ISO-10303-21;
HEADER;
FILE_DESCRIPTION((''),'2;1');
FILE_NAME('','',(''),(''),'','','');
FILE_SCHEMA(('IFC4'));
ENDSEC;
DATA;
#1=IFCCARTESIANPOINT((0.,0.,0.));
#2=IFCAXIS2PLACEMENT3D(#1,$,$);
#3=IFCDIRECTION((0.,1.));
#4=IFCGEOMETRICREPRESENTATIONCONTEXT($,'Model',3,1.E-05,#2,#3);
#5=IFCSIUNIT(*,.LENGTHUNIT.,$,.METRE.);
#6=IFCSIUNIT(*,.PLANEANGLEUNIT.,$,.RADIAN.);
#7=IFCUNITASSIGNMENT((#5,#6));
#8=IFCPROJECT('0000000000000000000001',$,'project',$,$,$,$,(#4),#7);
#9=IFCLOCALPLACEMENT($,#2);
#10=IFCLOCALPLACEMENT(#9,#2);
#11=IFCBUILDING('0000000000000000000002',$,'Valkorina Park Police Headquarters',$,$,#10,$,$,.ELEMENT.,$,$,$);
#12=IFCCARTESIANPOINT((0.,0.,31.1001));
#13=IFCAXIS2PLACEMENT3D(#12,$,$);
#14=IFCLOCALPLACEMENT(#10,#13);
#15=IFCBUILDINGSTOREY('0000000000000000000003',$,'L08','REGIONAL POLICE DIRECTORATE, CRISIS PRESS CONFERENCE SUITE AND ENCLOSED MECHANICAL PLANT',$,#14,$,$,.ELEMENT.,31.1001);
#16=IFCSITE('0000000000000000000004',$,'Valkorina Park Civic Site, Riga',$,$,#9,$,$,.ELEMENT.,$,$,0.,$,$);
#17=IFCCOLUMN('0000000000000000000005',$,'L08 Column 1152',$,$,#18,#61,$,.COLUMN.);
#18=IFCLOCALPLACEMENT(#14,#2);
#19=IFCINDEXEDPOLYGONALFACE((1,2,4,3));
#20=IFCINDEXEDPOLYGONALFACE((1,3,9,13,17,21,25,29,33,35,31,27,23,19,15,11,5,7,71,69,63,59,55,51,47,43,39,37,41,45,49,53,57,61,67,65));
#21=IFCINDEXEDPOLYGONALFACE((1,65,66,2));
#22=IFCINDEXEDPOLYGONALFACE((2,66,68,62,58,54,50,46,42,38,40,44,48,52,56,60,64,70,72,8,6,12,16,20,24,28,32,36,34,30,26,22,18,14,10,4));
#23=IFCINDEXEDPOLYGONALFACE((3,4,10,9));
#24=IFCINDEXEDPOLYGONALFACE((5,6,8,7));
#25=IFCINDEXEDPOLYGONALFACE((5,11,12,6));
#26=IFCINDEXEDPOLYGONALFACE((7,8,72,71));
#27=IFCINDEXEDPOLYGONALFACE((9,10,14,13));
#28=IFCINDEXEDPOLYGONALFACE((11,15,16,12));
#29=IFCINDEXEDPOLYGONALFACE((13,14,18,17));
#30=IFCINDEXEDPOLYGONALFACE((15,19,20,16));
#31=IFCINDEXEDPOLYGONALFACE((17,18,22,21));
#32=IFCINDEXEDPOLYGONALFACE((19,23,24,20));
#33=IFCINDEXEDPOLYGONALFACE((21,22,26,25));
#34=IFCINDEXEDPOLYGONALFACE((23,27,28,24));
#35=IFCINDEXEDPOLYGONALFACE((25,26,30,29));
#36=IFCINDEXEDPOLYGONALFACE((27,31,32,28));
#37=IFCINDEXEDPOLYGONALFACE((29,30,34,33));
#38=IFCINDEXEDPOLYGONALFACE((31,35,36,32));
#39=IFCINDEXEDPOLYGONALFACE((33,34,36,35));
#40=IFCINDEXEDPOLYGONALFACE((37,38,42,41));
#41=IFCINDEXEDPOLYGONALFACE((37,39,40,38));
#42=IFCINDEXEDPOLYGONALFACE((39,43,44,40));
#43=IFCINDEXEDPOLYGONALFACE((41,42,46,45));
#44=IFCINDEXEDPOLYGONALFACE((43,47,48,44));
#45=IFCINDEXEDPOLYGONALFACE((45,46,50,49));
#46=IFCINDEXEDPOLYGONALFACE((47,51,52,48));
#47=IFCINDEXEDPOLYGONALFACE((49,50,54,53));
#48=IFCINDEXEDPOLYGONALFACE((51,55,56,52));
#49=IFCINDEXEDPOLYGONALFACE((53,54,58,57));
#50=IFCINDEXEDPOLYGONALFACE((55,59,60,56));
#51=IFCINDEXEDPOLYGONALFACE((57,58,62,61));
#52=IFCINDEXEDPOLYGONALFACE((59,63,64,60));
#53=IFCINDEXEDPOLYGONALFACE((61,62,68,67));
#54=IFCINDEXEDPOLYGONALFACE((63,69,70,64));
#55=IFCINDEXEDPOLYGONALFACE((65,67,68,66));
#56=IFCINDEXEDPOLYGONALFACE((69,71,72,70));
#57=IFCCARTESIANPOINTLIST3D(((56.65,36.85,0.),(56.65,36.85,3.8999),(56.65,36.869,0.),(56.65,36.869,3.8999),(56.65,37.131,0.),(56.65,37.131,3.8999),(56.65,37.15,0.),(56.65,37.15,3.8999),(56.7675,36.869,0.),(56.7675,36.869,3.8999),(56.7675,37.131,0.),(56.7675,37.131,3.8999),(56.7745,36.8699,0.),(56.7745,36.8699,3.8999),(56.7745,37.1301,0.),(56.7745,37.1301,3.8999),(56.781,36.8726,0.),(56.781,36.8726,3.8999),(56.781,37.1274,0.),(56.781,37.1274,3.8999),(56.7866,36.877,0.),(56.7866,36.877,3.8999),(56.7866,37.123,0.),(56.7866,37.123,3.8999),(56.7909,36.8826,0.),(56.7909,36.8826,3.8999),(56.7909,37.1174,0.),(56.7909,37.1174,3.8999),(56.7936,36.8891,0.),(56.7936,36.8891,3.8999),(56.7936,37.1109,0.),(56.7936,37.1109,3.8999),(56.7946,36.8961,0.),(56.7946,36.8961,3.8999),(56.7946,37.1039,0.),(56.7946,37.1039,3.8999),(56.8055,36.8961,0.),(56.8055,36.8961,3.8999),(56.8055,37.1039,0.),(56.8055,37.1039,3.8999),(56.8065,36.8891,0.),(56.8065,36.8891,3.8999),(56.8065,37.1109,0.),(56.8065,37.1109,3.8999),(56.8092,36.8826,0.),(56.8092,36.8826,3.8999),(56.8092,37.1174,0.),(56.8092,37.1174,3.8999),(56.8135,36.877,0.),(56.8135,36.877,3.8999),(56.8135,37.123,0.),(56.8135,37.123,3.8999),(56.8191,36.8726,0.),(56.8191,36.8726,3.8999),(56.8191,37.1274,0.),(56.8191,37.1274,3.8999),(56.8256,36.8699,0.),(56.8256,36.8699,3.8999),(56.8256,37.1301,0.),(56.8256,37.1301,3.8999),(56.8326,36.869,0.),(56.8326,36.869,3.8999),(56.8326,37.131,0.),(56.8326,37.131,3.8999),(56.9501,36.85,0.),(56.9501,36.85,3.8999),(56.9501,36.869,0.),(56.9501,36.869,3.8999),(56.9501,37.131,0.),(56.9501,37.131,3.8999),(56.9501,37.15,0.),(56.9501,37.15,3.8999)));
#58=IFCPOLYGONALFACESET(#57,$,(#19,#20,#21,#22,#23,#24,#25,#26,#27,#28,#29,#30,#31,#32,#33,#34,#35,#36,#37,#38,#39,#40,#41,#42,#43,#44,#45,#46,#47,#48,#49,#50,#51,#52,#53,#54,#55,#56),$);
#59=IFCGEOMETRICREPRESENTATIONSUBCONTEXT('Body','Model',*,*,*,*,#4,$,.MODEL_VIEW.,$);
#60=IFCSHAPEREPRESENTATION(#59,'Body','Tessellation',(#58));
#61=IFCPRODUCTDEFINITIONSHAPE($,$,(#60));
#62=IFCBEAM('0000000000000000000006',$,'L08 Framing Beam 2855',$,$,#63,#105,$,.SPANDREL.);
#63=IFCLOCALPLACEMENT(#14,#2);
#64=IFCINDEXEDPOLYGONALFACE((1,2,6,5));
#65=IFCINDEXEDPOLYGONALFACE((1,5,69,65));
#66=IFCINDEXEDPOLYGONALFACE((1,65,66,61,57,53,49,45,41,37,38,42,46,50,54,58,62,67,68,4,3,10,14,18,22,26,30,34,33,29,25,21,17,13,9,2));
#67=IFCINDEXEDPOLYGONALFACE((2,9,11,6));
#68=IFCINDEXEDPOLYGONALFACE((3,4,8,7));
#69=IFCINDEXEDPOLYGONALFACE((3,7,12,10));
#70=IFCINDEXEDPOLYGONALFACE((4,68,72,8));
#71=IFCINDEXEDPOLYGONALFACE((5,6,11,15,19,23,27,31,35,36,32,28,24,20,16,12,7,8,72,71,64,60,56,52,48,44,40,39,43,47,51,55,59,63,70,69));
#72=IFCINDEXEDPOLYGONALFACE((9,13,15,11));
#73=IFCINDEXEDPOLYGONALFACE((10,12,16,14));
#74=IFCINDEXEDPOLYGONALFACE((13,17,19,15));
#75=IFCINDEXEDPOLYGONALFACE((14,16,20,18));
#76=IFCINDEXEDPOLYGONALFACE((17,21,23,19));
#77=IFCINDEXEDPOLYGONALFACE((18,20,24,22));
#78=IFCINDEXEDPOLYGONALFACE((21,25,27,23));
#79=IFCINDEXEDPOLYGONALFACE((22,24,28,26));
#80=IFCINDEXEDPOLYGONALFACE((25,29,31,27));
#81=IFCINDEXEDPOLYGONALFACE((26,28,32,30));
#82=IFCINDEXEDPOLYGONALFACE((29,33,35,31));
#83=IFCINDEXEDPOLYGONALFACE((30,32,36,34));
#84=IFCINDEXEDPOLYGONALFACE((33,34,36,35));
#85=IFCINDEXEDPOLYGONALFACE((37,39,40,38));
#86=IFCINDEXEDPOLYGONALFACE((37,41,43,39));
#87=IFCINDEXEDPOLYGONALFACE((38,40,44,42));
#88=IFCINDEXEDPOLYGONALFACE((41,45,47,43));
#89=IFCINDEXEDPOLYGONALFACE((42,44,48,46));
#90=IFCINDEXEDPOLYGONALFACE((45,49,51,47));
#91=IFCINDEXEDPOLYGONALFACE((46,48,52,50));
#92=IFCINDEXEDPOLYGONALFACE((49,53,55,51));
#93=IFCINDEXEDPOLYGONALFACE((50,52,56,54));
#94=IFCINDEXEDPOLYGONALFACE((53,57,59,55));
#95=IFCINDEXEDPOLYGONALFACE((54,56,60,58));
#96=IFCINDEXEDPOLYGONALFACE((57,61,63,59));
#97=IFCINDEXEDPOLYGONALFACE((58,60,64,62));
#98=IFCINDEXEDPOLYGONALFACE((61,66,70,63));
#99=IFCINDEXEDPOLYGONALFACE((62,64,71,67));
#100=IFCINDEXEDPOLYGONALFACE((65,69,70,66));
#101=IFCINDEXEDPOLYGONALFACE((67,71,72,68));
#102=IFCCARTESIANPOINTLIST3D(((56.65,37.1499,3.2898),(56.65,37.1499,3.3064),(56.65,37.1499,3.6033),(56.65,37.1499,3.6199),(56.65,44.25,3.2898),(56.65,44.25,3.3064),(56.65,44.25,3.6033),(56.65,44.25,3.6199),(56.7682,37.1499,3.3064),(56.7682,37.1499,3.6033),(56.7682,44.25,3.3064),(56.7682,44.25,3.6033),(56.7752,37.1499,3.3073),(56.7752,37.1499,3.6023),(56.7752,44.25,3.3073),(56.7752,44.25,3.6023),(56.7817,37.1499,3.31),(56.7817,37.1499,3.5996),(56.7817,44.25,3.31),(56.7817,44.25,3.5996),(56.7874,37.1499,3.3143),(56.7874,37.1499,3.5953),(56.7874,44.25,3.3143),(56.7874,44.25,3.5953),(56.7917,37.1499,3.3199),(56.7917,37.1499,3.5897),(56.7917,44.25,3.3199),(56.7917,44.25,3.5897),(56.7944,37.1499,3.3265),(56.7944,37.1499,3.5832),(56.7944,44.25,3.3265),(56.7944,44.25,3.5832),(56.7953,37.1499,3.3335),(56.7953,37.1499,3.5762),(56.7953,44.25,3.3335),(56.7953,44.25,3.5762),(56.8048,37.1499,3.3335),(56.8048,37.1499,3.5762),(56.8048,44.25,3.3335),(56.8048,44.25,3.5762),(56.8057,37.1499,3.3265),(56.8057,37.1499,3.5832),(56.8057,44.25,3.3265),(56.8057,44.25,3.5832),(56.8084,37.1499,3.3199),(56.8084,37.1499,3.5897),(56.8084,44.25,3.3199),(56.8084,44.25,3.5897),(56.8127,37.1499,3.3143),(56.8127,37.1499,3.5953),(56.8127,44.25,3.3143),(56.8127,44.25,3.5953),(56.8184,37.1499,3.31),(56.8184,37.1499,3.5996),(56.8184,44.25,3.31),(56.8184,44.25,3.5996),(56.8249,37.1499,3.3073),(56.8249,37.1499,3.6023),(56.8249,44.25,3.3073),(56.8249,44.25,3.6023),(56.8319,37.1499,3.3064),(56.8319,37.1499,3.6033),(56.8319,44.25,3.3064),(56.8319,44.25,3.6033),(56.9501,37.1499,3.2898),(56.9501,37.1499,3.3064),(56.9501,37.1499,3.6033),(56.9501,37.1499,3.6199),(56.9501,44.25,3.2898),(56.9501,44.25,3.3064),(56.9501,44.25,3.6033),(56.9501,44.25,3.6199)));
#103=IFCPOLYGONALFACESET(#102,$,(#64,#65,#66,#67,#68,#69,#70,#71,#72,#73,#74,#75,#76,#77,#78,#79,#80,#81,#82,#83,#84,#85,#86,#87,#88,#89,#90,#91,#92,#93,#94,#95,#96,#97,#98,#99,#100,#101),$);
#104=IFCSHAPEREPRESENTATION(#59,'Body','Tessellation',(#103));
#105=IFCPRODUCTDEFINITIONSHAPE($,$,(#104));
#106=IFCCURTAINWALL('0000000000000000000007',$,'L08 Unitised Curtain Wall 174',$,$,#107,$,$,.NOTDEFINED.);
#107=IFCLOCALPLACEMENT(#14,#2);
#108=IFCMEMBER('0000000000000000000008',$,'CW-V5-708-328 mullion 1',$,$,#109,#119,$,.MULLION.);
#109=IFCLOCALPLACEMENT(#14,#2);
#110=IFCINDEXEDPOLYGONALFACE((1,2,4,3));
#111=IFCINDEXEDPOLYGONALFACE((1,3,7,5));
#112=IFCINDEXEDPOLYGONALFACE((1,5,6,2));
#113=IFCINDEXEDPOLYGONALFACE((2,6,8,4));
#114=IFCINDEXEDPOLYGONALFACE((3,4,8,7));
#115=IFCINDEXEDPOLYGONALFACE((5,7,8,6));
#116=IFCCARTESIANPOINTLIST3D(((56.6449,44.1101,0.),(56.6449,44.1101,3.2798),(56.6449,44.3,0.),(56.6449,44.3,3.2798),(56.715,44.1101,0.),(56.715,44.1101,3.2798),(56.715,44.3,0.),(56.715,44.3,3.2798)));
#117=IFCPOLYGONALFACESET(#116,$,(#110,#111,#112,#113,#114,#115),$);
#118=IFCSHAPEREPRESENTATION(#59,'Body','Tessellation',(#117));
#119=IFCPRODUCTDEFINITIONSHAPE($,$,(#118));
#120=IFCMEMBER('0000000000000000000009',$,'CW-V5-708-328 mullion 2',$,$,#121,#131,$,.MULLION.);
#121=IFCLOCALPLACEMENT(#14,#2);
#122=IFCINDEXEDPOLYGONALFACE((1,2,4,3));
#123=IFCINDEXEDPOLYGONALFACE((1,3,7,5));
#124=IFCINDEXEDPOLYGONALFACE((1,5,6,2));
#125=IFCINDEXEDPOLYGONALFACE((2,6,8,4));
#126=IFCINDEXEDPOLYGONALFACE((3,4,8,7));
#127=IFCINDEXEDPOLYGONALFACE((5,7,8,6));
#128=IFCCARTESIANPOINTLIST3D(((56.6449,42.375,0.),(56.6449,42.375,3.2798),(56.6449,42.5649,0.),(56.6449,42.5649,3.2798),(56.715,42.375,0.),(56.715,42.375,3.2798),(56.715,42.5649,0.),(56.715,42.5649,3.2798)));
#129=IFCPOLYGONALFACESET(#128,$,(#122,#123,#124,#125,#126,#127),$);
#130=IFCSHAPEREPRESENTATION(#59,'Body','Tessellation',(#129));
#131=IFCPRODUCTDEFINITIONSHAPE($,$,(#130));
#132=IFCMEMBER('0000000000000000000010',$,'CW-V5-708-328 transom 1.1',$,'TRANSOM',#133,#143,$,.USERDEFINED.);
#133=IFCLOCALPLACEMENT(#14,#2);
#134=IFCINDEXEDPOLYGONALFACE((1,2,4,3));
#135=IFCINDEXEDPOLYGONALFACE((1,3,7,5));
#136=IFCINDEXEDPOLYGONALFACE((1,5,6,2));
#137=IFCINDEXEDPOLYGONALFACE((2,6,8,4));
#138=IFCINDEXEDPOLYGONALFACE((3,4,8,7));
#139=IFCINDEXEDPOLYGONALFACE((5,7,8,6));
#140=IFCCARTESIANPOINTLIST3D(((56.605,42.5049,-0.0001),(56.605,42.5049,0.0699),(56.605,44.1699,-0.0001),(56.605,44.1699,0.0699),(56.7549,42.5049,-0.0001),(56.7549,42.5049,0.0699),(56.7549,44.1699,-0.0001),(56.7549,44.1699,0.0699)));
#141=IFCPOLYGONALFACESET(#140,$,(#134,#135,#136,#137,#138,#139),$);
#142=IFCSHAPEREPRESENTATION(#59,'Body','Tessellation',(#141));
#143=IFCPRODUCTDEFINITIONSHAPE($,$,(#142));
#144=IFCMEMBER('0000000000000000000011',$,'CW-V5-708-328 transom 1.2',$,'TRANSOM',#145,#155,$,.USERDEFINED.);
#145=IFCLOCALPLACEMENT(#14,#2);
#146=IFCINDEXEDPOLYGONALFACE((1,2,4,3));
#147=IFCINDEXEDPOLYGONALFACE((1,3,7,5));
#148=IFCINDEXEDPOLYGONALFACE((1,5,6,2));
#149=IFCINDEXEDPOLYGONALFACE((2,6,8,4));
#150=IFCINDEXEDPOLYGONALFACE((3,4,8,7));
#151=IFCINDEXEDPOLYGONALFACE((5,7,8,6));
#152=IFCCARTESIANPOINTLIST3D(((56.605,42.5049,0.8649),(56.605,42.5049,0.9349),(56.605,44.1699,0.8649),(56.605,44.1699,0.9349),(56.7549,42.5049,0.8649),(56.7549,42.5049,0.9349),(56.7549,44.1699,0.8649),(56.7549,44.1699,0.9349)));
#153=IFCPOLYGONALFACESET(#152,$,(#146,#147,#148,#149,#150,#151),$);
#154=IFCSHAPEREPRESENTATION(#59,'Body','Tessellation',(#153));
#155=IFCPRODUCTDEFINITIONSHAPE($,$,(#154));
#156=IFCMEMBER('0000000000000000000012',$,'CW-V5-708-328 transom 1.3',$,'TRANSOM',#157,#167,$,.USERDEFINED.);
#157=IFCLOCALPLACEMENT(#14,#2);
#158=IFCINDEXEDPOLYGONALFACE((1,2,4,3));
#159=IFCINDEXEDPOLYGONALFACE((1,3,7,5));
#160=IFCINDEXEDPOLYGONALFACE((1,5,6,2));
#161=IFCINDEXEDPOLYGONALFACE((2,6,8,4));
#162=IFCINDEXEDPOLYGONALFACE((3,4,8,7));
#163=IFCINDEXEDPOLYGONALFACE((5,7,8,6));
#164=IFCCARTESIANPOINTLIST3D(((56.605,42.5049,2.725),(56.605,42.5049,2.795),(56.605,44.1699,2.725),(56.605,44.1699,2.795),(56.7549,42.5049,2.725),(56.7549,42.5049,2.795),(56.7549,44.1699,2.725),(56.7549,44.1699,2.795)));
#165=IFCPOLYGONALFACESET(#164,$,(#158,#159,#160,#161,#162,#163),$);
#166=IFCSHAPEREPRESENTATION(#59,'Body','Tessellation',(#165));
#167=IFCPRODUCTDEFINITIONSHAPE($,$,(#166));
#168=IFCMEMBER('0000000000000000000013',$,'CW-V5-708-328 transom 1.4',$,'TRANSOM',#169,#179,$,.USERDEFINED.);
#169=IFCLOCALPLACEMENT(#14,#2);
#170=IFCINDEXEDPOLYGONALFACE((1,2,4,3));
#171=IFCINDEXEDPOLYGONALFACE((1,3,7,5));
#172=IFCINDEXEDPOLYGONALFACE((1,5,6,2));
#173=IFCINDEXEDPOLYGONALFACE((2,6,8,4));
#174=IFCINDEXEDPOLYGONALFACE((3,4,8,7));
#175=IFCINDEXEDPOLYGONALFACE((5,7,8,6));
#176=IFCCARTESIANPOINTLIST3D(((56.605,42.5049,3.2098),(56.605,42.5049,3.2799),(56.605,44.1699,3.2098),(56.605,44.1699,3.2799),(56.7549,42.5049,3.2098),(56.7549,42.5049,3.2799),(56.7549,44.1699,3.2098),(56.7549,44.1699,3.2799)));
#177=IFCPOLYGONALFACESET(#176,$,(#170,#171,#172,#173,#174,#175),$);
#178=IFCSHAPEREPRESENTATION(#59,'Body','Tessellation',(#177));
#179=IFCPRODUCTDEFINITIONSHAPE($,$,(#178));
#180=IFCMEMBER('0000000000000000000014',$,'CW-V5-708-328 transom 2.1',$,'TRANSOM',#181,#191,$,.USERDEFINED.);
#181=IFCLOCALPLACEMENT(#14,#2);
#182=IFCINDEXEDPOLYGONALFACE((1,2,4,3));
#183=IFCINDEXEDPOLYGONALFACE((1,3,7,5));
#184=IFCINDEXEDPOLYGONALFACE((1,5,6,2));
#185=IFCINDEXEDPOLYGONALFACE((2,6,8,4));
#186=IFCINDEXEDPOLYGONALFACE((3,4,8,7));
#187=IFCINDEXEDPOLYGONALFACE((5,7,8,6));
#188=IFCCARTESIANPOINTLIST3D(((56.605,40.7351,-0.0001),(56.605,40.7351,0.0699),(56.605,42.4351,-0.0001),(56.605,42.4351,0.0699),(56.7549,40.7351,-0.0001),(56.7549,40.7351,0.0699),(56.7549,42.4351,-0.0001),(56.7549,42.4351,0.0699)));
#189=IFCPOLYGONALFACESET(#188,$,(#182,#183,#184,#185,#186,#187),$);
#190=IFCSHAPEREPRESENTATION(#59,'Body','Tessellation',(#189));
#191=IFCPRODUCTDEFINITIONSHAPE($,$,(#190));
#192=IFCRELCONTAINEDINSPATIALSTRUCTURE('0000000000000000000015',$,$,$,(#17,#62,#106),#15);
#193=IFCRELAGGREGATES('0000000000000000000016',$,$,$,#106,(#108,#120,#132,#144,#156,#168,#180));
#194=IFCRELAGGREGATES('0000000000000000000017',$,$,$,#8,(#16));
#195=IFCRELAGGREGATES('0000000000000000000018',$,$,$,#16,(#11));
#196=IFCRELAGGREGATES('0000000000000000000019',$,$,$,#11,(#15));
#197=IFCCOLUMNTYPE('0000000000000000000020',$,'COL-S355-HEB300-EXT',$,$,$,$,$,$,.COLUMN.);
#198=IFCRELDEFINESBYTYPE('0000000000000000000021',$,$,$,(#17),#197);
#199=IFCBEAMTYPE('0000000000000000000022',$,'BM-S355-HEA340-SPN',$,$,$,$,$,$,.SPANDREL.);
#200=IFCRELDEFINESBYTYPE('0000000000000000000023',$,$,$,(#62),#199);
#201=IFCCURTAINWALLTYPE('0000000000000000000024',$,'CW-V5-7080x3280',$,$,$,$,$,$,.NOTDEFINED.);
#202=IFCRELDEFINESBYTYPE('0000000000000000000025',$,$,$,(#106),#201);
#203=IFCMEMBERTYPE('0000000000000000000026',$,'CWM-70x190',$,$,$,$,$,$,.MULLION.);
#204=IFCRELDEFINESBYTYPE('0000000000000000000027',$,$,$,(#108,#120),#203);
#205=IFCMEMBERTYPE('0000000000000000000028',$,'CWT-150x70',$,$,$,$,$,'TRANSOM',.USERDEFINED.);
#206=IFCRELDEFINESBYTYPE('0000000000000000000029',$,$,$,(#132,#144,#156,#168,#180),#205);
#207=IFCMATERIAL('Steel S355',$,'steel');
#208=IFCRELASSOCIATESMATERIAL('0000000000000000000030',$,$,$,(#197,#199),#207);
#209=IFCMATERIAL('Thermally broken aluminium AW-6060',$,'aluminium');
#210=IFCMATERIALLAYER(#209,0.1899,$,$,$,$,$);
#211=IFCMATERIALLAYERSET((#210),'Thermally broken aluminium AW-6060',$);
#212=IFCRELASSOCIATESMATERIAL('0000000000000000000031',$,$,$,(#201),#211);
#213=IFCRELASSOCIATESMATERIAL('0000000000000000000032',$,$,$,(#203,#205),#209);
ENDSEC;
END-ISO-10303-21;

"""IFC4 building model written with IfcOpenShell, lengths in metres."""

from ifc_helpers import new_model, si_unit, direction, frame, origin, origin_2d, place, context, subcontext, project, spatial, rectangle, i_section, extrude, material, layer, layer_set, material_profile, profile_set, type_object, element, aggregate, save


model = new_model("IFC4")

# Units and contexts
model_context = context("Model", 3, precision=1e-05, world=origin(), true_north=direction((0.0, 1.0)))
body_context = subcontext(model_context, "Body", "Model", "MODEL_VIEW")
ifc_project = project(units=[si_unit("LENGTHUNIT", "METRE"), si_unit("PLANEANGLEUNIT", "RADIAN")], contexts=[model_context])

# Site, building, storey
site_placement = place(None, origin())
site = spatial("IfcSite", under=ifc_project, at=site_placement, Name="Valkorina Park Civic Site, Riga", CompositionType="ELEMENT", RefElevation=0.0)
building_placement = place(site_placement, origin())
building = spatial("IfcBuilding", under=site, at=building_placement, Name="Valkorina Park Police Headquarters", CompositionType="ELEMENT")
storey_placement = place(building_placement, frame((0.0, 0.0, 31.1001)))
storey = spatial("IfcBuildingStorey", under=building, at=storey_placement, Name="L08", Description="REGIONAL POLICE DIRECTORATE, CRISIS PRESS CONFERENCE SUITE AND ENCLOSED MECHANICAL PLANT", CompositionType="ELEMENT", Elevation=31.1001)

# Column
ifc_material_1 = material(Name="Steel S355", Category="steel")
ifc_material_profile_1 = material_profile(ifc_material_1, i_section(OverallWidth=0.3, OverallDepth=0.3, WebThickness=0.011, FlangeThickness=0.019, FilletRadius=0.0271, at=origin_2d()), Name="HEB 300")
ifc_profile_set_1 = profile_set([ifc_material_profile_1], Name="Steel S355")
column_type = type_object("IfcColumnType", Name="COL-S355-HEB300-EXT", PredefinedType="COLUMN", material=ifc_profile_set_1)
column_placement = place(storey_placement, frame((56.8, 37.0, 0.0), z_axis=(0.0, 0.0, 1.0), x_axis=(1.0, 0.0, 0.0)))
element("IfcColumn", 1, at=column_placement, inside=storey, type_object=column_type, Name="L08 Column 1152", PredefinedType="COLUMN", context=body_context, shape_type="SweptSolid", body=[
    extrude(i_section(OverallWidth=0.3, OverallDepth=0.3, WebThickness=0.011, FlangeThickness=0.019, FilletRadius=0.0271, at=origin_2d()), origin(), (0.0, 0.0, 1.0), 3.8999),
])

# Beam
ifc_material_profile_2 = material_profile(ifc_material_1, i_section(OverallWidth=0.3, OverallDepth=0.3301, WebThickness=0.0095, FlangeThickness=0.0166, FilletRadius=0.0271, at=origin_2d()), Name="HEA 340")
ifc_profile_set_2 = profile_set([ifc_material_profile_2], Name="Steel S355")
beam_type = type_object("IfcBeamType", Name="BM-S355-HEA340-SPN", PredefinedType="SPANDREL", material=ifc_profile_set_2)
beam_placement = place(storey_placement, frame((56.8, 37.1499, 3.4548), z_axis=(0.0, 1.0, 0.0), x_axis=(-1.0, 0.0, 0.0)))
element("IfcBeam", 2, at=beam_placement, inside=storey, type_object=beam_type, Name="L08 Framing Beam 2855", PredefinedType="SPANDREL", context=body_context, shape_type="SweptSolid", body=[
    extrude(i_section(OverallWidth=0.3, OverallDepth=0.3301, WebThickness=0.0095, FlangeThickness=0.0166, FilletRadius=0.0271, at=origin_2d()), origin(), (0.0, 0.0, 1.0), 7.1001),
])

# Curtain wall, members
ifc_material_2 = material(Name="Thermally broken aluminium AW-6060", Category="aluminium")
ifc_layer_1 = layer(ifc_material_2, 0.1899)
ifc_layer_set_1 = layer_set([ifc_layer_1], Name="Thermally broken aluminium AW-6060")
curtain_wall_type = type_object("IfcCurtainWallType", Name="CW-V5-7080x3280", PredefinedType="NOTDEFINED", material=ifc_layer_set_1)
curtain_wall_placement = place(storey_placement, origin())
curtain_wall = element("IfcCurtainWall", 3, at=curtain_wall_placement, inside=storey, type_object=curtain_wall_type, Name="L08 Unitised Curtain Wall 174", PredefinedType="NOTDEFINED")
ifc_material_profile_3 = material_profile(ifc_material_2, rectangle(XDim=0.0701, YDim=0.1899, at=origin_2d()), Name="CWM-02 70x190")
ifc_profile_set_3 = profile_set([ifc_material_profile_3], Name="Thermally broken aluminium AW-6060")
member_type_1 = type_object("IfcMemberType", Name="CWM-70x190", PredefinedType="MULLION", material=ifc_profile_set_3)
member_1_placement = place(storey_placement, frame((56.6799, 44.2051, 0.0), z_axis=(0.0, 0.0, 1.0), x_axis=(1.0, 0.0, 0.0)))
member_1 = element("IfcMember", 4, at=member_1_placement, type_object=member_type_1, Name="CW-V5-708-328 mullion 1", PredefinedType="MULLION", context=body_context, shape_type="SweptSolid", body=[
    extrude(rectangle(XDim=0.0701, YDim=0.1899, at=origin_2d()), origin(), (0.0, 0.0, 1.0), 3.2798),
])
member_2_placement = place(storey_placement, frame((56.6799, 42.47, 0.0), z_axis=(0.0, 0.0, 1.0), x_axis=(1.0, 0.0, 0.0)))
member_2 = element("IfcMember", 5, at=member_2_placement, type_object=member_type_1, Name="CW-V5-708-328 mullion 2", PredefinedType="MULLION", context=body_context, shape_type="SweptSolid", body=[
    extrude(rectangle(XDim=0.0701, YDim=0.1899, at=origin_2d()), origin(), (0.0, 0.0, 1.0), 3.2798),
])
ifc_material_profile_4 = material_profile(ifc_material_2, rectangle(XDim=0.1499, YDim=0.0701, at=origin_2d()), Name="CWT-02 150x70")
ifc_profile_set_4 = profile_set([ifc_material_profile_4], Name="Thermally broken aluminium AW-6060")
member_type_2 = type_object("IfcMemberType", Name="CWT-150x70", ElementType="TRANSOM", PredefinedType="USERDEFINED", material=ifc_profile_set_4)
member_3_placement = place(storey_placement, frame((56.6799, 44.1699, 0.0349), z_axis=(0.0, -1.0, 0.0), x_axis=(1.0, 0.0, 0.0)))
member_3 = element("IfcMember", 6, at=member_3_placement, type_object=member_type_2, Name="CW-V5-708-328 transom 1.1", ObjectType="TRANSOM", PredefinedType="USERDEFINED", context=body_context, shape_type="SweptSolid", body=[
    extrude(rectangle(XDim=0.1499, YDim=0.0701, at=origin_2d()), origin(), (0.0, 0.0, 1.0), 1.665),
])
member_4_placement = place(storey_placement, frame((56.6799, 44.1699, 0.8999), z_axis=(0.0, -1.0, 0.0), x_axis=(1.0, 0.0, 0.0)))
member_4 = element("IfcMember", 7, at=member_4_placement, type_object=member_type_2, Name="CW-V5-708-328 transom 1.2", ObjectType="TRANSOM", PredefinedType="USERDEFINED", context=body_context, shape_type="SweptSolid", body=[
    extrude(rectangle(XDim=0.1499, YDim=0.0701, at=origin_2d()), origin(), (0.0, 0.0, 1.0), 1.665),
])
member_5_placement = place(storey_placement, frame((56.6799, 44.1699, 2.76), z_axis=(0.0, -1.0, 0.0), x_axis=(1.0, 0.0, 0.0)))
member_5 = element("IfcMember", 8, at=member_5_placement, type_object=member_type_2, Name="CW-V5-708-328 transom 1.3", ObjectType="TRANSOM", PredefinedType="USERDEFINED", context=body_context, shape_type="SweptSolid", body=[
    extrude(rectangle(XDim=0.1499, YDim=0.0701, at=origin_2d()), origin(), (0.0, 0.0, 1.0), 1.665),
])
member_6_placement = place(storey_placement, frame((56.6799, 44.1699, 3.2449), z_axis=(0.0, -1.0, 0.0), x_axis=(1.0, 0.0, 0.0)))
member_6 = element("IfcMember", 9, at=member_6_placement, type_object=member_type_2, Name="CW-V5-708-328 transom 1.4", ObjectType="TRANSOM", PredefinedType="USERDEFINED", context=body_context, shape_type="SweptSolid", body=[
    extrude(rectangle(XDim=0.1499, YDim=0.0701, at=origin_2d()), origin(), (0.0, 0.0, 1.0), 1.665),
])
member_7_placement = place(storey_placement, frame((56.6799, 42.4351, 0.0349), z_axis=(0.0, -1.0, 0.0), x_axis=(1.0, 0.0, 0.0)))
member_7 = element("IfcMember", 10, at=member_7_placement, type_object=member_type_2, Name="CW-V5-708-328 transom 2.1", ObjectType="TRANSOM", PredefinedType="USERDEFINED", context=body_context, shape_type="SweptSolid", body=[
    extrude(rectangle(XDim=0.1499, YDim=0.0701, at=origin_2d()), origin(), (0.0, 0.0, 1.0), 1.7),
])
aggregate(curtain_wall, [member_1, member_2, member_3, member_4, member_5, member_6, member_7])

save(model, "model.ifc")
